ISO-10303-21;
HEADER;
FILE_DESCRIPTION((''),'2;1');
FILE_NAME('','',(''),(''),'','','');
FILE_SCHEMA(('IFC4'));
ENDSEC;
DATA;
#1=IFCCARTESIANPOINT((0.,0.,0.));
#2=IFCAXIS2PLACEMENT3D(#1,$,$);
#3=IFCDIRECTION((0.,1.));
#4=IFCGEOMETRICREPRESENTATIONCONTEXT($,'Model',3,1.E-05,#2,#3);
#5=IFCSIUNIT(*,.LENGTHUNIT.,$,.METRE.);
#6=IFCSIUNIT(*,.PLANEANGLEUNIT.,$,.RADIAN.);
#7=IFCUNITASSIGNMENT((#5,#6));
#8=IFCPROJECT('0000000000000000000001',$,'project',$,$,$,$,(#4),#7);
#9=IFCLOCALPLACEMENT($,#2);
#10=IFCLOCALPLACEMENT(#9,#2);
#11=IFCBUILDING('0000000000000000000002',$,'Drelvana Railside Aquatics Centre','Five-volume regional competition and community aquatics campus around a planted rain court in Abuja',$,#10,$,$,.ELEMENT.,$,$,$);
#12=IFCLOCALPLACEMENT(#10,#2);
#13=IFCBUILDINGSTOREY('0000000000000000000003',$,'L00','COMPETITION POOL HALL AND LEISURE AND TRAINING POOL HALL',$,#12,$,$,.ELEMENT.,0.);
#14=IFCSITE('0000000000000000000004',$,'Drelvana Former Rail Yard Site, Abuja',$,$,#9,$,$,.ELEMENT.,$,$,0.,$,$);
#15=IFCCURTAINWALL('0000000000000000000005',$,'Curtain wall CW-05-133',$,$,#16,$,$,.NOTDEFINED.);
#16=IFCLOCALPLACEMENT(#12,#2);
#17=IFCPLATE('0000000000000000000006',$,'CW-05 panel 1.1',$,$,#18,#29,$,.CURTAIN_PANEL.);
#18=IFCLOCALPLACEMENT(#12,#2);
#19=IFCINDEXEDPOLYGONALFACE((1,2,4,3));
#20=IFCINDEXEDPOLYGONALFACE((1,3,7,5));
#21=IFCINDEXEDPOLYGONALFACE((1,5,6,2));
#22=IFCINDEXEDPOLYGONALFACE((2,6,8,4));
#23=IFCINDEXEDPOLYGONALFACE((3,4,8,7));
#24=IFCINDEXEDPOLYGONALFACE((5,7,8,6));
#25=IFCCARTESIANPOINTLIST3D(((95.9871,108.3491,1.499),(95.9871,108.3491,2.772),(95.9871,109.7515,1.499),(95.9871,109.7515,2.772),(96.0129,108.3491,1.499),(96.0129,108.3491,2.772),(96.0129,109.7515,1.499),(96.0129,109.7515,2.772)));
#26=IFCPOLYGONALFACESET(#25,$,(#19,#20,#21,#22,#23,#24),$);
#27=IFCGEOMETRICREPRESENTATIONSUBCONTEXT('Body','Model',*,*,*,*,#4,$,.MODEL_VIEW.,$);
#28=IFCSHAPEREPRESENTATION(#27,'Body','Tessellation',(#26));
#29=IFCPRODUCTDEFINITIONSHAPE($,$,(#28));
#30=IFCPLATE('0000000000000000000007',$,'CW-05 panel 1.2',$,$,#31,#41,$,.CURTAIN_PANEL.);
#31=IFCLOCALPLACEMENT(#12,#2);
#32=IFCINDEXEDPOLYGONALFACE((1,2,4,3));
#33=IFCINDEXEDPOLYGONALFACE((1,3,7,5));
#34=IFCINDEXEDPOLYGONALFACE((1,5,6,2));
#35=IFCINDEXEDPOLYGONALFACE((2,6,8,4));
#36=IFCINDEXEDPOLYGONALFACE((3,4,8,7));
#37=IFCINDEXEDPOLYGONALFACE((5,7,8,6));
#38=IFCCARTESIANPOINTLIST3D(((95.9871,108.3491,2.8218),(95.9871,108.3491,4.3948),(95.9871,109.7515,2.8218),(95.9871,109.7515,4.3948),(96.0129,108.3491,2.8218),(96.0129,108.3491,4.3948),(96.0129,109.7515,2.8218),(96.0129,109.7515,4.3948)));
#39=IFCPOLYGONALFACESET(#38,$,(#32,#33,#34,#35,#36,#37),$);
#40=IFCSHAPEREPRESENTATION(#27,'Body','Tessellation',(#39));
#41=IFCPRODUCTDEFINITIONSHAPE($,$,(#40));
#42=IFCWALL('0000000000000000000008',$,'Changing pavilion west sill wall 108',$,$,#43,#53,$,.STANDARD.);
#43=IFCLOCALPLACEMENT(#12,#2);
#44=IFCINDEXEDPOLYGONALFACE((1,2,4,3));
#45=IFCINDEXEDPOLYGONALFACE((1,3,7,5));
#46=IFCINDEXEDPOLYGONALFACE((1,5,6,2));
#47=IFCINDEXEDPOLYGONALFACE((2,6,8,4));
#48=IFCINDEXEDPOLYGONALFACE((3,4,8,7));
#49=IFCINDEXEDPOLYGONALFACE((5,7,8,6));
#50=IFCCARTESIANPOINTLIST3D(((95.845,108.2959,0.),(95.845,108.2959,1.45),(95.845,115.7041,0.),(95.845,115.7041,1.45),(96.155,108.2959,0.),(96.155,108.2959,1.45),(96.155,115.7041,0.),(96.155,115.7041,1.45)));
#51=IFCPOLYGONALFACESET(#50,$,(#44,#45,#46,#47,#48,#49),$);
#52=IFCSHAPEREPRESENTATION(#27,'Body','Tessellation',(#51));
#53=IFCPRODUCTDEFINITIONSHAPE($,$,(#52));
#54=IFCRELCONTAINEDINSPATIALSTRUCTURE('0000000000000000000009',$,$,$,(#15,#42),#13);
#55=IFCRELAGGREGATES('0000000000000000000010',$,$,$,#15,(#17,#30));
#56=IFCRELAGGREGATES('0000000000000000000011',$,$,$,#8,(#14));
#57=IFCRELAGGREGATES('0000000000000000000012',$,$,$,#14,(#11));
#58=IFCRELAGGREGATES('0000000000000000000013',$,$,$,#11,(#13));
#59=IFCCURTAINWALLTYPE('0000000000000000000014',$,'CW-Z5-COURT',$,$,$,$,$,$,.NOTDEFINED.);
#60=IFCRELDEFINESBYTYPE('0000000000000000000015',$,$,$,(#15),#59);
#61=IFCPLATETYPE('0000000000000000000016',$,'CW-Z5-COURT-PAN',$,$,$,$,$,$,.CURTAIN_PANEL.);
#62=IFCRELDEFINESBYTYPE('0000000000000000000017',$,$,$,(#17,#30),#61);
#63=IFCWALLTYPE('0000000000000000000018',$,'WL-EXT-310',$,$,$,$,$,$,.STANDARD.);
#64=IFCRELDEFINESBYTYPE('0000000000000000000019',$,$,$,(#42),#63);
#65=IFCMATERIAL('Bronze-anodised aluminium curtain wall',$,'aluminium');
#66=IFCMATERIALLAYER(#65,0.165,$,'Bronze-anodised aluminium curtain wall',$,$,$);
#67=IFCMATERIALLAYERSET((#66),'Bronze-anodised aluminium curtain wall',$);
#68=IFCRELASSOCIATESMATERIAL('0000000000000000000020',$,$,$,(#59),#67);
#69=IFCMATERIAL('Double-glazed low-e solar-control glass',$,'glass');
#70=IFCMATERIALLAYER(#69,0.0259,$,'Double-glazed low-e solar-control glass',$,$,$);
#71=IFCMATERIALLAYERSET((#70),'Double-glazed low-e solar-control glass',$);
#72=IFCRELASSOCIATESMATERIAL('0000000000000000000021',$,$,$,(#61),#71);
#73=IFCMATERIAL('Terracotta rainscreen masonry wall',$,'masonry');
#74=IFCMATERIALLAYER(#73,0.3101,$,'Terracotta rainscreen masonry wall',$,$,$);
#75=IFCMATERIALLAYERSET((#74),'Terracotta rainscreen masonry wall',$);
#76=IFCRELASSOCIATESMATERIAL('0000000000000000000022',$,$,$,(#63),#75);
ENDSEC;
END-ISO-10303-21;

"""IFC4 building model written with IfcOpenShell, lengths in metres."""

from ifc_helpers import new_model, si_unit, direction, frame, frame_2d, origin, origin_2d, place, context, subcontext, project, spatial, rectangle, extrude, material, layer, layer_set, type_object, element, aggregate, save


model = new_model("IFC4")

# Units and contexts
model_context = context("Model", 3, precision=1e-05, world=origin(), true_north=direction((0.0, 1.0)))
body_context = subcontext(model_context, "Body", "Model", "MODEL_VIEW")
ifc_project = project(units=[si_unit("LENGTHUNIT", "METRE"), si_unit("PLANEANGLEUNIT", "RADIAN")], contexts=[model_context])

# Site, building, storey
site_placement = place(None, origin())
site = spatial("IfcSite", under=ifc_project, at=site_placement, Name="Drelvana Former Rail Yard Site, Abuja", CompositionType="ELEMENT", RefElevation=0.0)
building_placement = place(site_placement, origin())
building = spatial("IfcBuilding", under=site, at=building_placement, Name="Drelvana Railside Aquatics Centre", Description="Five-volume regional competition and community aquatics campus around a planted rain court in Abuja", CompositionType="ELEMENT")
storey_placement = place(building_placement, origin())
storey = spatial("IfcBuildingStorey", under=building, at=storey_placement, Name="L00", Description="COMPETITION POOL HALL AND LEISURE AND TRAINING POOL HALL", CompositionType="ELEMENT", Elevation=0.0)

# Shared definitions
ifc_material_1 = material(Name="Bronze-anodised aluminium curtain wall", Category="aluminium")
ifc_layer_1 = layer(ifc_material_1, 0.165, Name="Bronze-anodised aluminium curtain wall")
ifc_layer_set_1 = layer_set([ifc_layer_1], Name="Bronze-anodised aluminium curtain wall")
curtain_wall_type = type_object("IfcCurtainWallType", Name="CW-Z5-COURT", PredefinedType="NOTDEFINED", material=ifc_layer_set_1)

# Curtain wall
curtain_wall_1_placement = place(storey_placement, origin())
curtain_wall_1 = element("IfcCurtainWall", 1, at=curtain_wall_1_placement, inside=storey, type_object=curtain_wall_type, Name="Curtain wall CW-05-133", PredefinedType="NOTDEFINED")

# Plates
ifc_material_2 = material(Name="Double-glazed low-e solar-control glass", Category="glass")
ifc_layer_2 = layer(ifc_material_2, 0.0259, Name="Double-glazed low-e solar-control glass")
ifc_layer_set_2 = layer_set([ifc_layer_2], Name="Double-glazed low-e solar-control glass")
plate_type = type_object("IfcPlateType", Name="CW-Z5-COURT-PAN", PredefinedType="CURTAIN_PANEL", material=ifc_layer_set_2)
plate_1_placement = place(storey_placement, frame((96.0, 109.0503, 1.499), z_axis=(0.0, 0.0, 1.0), x_axis=(0.0, 1.0, 0.0)))
plate_1 = element("IfcPlate", 2, at=plate_1_placement, type_object=plate_type, Name="CW-05 panel 1.1", PredefinedType="CURTAIN_PANEL", context=body_context, shape_type="SweptSolid", body=[
    extrude(rectangle(XDim=1.4023, YDim=0.0259, at=origin_2d()), origin(), (0.0, 0.0, 1.0), 1.2729),
])
plate_2_placement = place(storey_placement, frame((96.0, 109.0503, 2.8218), z_axis=(0.0, 0.0, 1.0), x_axis=(0.0, 1.0, 0.0)))
plate_2 = element("IfcPlate", 3, at=plate_2_placement, type_object=plate_type, Name="CW-05 panel 1.2", PredefinedType="CURTAIN_PANEL", context=body_context, shape_type="SweptSolid", body=[
    extrude(rectangle(XDim=1.4023, YDim=0.0259, at=origin_2d()), origin(), (0.0, 0.0, 1.0), 1.573),
])
aggregate(curtain_wall_1, [plate_1, plate_2])

# Wall
ifc_material_3 = material(Name="Terracotta rainscreen masonry wall", Category="masonry")
ifc_layer_3 = layer(ifc_material_3, 0.3101, Name="Terracotta rainscreen masonry wall")
ifc_layer_set_3 = layer_set([ifc_layer_3], Name="Terracotta rainscreen masonry wall")
wall_type = type_object("IfcWallType", Name="WL-EXT-310", PredefinedType="STANDARD", material=ifc_layer_set_3)
wall_placement = place(storey_placement, frame((96.0, 108.2959, 0.0), z_axis=(0.0, 0.0, 1.0), x_axis=(0.0, 1.0, 0.0)))
element("IfcWall", 4, at=wall_placement, inside=storey, type_object=wall_type, Name="Changing pavilion west sill wall 108", PredefinedType="STANDARD", context=body_context, shape_type="SweptSolid", body=[
    extrude(rectangle(XDim=7.4082, YDim=0.3101, at=frame_2d((3.7041, 0.0))), origin(), (0.0, 0.0, 1.0), 1.45),
])

save(model, "model.ifc")
